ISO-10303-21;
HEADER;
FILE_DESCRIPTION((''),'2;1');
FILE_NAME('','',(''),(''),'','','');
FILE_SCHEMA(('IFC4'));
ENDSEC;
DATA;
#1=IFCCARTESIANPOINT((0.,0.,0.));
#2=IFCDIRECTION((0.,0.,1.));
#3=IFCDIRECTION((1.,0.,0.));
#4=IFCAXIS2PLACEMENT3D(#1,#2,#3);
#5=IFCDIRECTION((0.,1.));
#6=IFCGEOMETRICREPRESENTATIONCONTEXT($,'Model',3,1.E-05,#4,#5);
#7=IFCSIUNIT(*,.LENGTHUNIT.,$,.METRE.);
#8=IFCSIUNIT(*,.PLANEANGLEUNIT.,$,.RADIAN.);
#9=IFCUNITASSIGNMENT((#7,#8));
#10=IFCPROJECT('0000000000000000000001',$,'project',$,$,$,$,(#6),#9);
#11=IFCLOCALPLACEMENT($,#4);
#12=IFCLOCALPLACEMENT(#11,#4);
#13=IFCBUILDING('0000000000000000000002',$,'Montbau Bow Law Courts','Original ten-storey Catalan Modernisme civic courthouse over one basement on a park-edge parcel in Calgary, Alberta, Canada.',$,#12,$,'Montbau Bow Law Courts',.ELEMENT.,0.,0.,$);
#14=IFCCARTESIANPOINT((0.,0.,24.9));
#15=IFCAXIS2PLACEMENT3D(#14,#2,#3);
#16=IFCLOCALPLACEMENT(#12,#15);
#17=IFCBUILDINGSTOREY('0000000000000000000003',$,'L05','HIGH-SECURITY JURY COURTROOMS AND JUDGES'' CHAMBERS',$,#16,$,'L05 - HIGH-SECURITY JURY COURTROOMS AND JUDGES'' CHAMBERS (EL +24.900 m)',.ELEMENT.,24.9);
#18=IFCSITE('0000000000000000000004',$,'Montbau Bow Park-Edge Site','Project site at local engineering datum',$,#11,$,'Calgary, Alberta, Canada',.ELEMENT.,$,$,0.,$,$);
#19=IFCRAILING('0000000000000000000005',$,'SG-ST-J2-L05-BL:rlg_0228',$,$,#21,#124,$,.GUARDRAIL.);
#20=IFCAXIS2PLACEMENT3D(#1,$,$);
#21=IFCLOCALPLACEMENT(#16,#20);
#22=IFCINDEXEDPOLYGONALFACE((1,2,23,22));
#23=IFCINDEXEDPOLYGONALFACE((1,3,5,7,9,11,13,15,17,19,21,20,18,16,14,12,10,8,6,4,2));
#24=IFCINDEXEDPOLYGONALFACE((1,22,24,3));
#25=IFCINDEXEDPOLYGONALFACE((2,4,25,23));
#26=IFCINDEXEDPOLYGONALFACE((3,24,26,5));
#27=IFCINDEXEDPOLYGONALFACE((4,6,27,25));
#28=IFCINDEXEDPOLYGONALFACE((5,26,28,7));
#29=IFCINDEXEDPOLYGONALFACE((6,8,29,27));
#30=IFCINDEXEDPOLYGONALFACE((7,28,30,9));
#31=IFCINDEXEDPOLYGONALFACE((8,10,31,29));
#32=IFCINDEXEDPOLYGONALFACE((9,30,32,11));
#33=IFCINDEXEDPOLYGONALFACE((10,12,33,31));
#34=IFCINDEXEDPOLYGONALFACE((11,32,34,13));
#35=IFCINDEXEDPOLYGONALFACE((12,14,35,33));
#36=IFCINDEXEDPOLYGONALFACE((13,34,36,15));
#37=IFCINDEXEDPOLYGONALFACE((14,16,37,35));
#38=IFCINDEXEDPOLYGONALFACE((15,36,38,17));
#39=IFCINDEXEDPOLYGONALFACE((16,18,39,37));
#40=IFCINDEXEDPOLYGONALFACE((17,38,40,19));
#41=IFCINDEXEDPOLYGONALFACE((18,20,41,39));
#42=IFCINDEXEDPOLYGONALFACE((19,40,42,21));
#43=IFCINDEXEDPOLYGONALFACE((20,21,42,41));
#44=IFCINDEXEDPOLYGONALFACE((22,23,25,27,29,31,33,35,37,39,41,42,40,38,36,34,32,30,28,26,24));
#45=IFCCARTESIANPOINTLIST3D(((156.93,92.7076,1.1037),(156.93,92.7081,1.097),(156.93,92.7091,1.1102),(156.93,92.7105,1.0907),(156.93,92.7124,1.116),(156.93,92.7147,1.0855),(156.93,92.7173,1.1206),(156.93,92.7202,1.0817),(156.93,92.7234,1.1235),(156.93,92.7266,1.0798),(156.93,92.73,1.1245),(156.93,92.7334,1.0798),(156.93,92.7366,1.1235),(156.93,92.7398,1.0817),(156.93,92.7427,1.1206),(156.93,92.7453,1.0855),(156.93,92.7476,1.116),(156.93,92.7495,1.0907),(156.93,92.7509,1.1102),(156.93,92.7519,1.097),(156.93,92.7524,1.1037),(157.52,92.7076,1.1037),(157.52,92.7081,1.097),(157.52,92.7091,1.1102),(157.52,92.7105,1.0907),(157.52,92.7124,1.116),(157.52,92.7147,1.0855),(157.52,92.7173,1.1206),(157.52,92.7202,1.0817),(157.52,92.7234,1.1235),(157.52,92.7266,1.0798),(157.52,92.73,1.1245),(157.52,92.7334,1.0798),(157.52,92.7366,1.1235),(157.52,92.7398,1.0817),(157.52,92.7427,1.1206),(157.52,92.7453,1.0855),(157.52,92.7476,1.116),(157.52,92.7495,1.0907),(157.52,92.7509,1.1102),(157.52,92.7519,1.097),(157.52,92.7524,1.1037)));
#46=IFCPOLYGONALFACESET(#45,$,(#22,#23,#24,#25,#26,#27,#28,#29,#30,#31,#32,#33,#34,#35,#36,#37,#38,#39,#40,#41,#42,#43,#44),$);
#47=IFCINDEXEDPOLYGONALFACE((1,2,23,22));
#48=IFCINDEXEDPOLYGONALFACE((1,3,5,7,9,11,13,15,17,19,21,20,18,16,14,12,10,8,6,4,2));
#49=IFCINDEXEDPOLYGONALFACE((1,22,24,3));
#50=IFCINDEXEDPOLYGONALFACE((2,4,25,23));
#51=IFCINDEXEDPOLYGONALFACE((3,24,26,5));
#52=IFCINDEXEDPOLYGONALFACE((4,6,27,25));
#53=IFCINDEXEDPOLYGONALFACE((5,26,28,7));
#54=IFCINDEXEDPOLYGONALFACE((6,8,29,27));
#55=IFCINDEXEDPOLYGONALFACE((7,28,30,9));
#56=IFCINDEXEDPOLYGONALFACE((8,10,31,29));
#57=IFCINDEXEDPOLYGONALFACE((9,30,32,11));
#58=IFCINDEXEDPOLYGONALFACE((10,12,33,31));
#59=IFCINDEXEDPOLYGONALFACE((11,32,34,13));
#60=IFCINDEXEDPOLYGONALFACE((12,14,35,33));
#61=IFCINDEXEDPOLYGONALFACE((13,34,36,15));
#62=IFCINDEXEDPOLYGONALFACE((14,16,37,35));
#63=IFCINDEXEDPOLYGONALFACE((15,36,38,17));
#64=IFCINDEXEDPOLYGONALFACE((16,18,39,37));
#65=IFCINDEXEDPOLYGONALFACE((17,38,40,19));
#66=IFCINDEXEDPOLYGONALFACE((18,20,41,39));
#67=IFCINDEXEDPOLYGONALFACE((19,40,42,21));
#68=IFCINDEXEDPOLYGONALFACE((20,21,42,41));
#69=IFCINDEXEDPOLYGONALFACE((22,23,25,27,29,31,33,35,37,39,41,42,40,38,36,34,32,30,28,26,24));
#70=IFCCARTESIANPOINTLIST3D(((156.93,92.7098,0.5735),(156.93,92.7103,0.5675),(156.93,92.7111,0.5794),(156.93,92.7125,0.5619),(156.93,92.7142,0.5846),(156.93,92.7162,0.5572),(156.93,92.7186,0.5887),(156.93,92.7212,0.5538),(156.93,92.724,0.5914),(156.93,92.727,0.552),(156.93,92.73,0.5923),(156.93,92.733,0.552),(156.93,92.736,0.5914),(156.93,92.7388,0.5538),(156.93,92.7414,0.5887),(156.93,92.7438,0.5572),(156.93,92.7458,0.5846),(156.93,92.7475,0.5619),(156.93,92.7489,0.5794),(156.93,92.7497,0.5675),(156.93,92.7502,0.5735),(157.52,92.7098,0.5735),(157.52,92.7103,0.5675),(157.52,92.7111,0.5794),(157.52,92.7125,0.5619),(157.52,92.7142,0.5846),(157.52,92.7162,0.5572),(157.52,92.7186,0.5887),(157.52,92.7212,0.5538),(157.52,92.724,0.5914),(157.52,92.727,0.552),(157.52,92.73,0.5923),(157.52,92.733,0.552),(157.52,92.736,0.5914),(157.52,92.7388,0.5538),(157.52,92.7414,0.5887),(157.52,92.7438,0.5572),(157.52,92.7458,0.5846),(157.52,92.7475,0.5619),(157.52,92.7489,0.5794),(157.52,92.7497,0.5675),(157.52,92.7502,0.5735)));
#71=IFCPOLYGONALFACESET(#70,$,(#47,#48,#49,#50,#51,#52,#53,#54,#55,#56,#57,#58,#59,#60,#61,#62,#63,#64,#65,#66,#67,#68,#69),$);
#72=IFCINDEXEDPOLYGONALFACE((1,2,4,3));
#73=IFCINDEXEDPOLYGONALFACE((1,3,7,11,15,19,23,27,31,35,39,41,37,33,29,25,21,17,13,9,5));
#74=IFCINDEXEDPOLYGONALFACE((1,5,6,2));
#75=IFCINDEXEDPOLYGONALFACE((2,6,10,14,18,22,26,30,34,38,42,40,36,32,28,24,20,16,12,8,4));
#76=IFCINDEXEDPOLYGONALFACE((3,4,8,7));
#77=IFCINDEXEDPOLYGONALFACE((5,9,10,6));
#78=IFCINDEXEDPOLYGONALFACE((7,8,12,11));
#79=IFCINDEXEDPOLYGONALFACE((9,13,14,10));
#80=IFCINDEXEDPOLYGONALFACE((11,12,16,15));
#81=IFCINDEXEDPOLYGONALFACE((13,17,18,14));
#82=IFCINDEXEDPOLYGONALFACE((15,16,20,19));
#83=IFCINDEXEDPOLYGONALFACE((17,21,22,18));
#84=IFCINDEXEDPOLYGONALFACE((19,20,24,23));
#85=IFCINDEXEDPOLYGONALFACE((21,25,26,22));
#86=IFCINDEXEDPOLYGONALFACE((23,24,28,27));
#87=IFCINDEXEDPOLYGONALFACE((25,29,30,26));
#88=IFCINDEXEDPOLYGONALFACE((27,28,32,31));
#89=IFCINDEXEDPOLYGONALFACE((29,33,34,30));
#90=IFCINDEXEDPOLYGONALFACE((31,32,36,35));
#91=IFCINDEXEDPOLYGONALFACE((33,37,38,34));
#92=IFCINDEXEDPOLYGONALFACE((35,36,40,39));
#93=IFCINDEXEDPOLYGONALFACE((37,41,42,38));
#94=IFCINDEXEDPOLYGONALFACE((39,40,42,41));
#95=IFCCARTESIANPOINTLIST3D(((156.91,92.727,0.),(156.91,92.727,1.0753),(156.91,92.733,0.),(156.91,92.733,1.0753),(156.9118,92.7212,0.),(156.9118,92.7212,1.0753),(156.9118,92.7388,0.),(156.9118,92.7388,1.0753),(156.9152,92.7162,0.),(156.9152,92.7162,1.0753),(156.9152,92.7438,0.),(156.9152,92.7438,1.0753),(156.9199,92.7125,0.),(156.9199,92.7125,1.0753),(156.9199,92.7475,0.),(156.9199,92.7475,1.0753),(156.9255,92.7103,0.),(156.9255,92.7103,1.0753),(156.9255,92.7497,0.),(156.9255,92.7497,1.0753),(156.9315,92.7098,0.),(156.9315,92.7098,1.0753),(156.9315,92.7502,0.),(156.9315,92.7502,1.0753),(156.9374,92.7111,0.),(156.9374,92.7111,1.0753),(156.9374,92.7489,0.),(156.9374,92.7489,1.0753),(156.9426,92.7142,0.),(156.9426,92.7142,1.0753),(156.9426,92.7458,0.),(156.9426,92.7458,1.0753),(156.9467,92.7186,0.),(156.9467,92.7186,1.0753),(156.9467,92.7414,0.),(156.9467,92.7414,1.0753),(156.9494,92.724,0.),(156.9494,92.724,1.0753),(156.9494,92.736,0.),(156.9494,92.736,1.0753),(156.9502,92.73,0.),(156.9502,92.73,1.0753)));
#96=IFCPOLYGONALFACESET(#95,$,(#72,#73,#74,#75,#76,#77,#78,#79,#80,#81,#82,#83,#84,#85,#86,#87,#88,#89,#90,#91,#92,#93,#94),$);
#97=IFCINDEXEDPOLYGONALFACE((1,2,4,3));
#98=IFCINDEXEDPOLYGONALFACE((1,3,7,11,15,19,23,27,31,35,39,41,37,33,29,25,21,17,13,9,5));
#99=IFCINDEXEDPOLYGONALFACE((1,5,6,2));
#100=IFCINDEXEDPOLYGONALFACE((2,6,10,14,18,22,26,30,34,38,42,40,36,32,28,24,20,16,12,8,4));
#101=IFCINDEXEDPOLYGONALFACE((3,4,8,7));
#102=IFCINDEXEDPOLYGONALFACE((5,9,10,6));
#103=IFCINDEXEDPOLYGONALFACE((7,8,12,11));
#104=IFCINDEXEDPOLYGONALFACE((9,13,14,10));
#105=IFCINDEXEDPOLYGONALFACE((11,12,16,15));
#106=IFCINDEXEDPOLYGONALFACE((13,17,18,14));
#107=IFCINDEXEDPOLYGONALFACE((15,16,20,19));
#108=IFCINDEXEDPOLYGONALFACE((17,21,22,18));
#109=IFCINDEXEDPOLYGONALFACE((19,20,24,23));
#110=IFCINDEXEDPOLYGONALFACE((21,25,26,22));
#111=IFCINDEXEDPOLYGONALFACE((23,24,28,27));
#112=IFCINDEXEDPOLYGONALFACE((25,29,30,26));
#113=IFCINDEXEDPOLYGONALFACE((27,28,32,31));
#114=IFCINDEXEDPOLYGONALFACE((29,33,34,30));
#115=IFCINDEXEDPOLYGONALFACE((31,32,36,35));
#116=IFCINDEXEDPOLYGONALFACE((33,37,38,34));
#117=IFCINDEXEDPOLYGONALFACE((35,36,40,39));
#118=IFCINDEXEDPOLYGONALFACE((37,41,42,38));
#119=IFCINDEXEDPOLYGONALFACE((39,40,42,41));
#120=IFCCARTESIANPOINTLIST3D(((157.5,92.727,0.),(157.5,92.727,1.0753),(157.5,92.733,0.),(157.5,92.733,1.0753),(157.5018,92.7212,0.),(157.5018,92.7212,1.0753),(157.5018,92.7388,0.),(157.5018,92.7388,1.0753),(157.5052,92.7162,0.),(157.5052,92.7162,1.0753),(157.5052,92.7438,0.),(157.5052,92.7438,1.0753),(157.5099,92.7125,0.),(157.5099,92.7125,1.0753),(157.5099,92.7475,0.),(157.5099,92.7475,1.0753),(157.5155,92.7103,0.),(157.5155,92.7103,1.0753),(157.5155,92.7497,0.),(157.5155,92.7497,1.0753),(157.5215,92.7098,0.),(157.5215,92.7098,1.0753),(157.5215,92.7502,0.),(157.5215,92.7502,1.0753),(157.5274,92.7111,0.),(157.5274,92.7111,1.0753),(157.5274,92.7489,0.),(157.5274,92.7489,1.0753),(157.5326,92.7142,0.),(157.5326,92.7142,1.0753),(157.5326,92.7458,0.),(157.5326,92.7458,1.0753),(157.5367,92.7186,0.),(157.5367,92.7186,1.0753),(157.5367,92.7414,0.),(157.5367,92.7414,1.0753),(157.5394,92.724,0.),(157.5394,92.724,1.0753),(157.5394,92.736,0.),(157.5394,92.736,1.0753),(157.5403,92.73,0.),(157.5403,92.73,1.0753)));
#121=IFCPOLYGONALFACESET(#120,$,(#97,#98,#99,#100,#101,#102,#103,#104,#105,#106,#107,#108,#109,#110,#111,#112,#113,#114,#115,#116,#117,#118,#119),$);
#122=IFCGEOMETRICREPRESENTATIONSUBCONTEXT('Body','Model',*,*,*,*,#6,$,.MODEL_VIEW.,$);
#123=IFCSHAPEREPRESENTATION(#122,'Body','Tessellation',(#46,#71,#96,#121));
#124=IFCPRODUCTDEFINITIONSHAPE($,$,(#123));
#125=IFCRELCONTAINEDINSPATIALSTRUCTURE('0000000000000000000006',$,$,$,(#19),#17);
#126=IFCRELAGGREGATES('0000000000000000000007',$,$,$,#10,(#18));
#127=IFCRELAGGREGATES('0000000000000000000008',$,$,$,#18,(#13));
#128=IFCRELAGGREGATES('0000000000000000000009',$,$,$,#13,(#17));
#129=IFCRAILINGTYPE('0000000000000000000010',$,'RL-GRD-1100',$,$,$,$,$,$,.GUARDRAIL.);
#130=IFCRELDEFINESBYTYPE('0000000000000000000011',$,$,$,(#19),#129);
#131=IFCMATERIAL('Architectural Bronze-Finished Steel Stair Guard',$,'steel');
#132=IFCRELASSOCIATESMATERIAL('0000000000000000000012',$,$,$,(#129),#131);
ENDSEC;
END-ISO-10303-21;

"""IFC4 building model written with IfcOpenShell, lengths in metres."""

from ifc_helpers import new_model, si_unit, direction, frame, origin_with_axes, origin_2d_with_axis, place, context, subcontext, project, spatial, circle, extrude, material, type_object, element, save


model = new_model("IFC4")

# Units and contexts
model_context = context("Model", 3, precision=1e-05, world=origin_with_axes(), true_north=direction((0.0, 1.0)))
body_context = subcontext(model_context, "Body", "Model", "MODEL_VIEW")
ifc_project = project(units=[si_unit("LENGTHUNIT", "METRE"), si_unit("PLANEANGLEUNIT", "RADIAN")], contexts=[model_context])

# Site, building, storey
site_placement = place(None, origin_with_axes())
site = spatial("IfcSite", under=ifc_project, at=site_placement, Name="Montbau Bow Park-Edge Site", Description="Project site at local engineering datum", LongName="Calgary, Alberta, Canada", CompositionType="ELEMENT", RefElevation=0.0)
building_placement = place(site_placement, origin_with_axes())
building = spatial("IfcBuilding", under=site, at=building_placement, Name="Montbau Bow Law Courts", Description="Original ten-storey Catalan Modernisme civic courthouse over one basement on a park-edge parcel in Calgary, Alberta, Canada.", LongName="Montbau Bow Law Courts", CompositionType="ELEMENT", ElevationOfRefHeight=0.0, ElevationOfTerrain=0.0)
storey_placement = place(building_placement, frame((0.0, 0.0, 24.9), z_axis=(0.0, 0.0, 1.0), x_axis=(1.0, 0.0, 0.0)))
storey = spatial("IfcBuildingStorey", under=building, at=storey_placement, Name="L05", Description="HIGH-SECURITY JURY COURTROOMS AND JUDGES' CHAMBERS", LongName="L05 - HIGH-SECURITY JURY COURTROOMS AND JUDGES' CHAMBERS (EL +24.900 m)", CompositionType="ELEMENT", Elevation=24.9)

# Railing
ifc_material_1 = material(Name="Architectural Bronze-Finished Steel Stair Guard", Category="steel")
railing_type_1 = type_object("IfcRailingType", Name="RL-GRD-1100", PredefinedType="GUARDRAIL", material=ifc_material_1)
railing_1_placement = place(None, origin_with_axes())
element("IfcRailing", 1, at=railing_1_placement, inside=storey, type_object=railing_type_1, Name="SG-ST-J2-L05-BL:rlg_0228", PredefinedType="GUARDRAIL", context=body_context, shape_type="SweptSolid", body=[
    extrude(circle(Radius=0.0225, at=origin_2d_with_axis()), frame((156.93, 92.73, 26.002), z_axis=(1.0, 0.0, 0.0), x_axis=(0.0, 0.0, 1.0)), (0.0, 0.0, 1.0), 0.59),
    extrude(circle(Radius=0.0203, at=origin_2d_with_axis()), frame((156.93, 92.73, 25.472), z_axis=(1.0, 0.0, 0.0), x_axis=(0.0, 0.0, 1.0)), (0.0, 0.0, 1.0), 0.59),
    extrude(circle(Radius=0.0203, at=origin_2d_with_axis()), frame((156.93, 92.73, 24.9), z_axis=(0.0, 0.0, 1.0), x_axis=(1.0, 0.0, 0.0)), (0.0, 0.0, 1.0), 1.0753),
    extrude(circle(Radius=0.0203, at=origin_2d_with_axis()), frame((157.52, 92.73, 24.9), z_axis=(0.0, 0.0, 1.0), x_axis=(1.0, 0.0, 0.0)), (0.0, 0.0, 1.0), 1.0753),
])

save(model, "model.ifc")
